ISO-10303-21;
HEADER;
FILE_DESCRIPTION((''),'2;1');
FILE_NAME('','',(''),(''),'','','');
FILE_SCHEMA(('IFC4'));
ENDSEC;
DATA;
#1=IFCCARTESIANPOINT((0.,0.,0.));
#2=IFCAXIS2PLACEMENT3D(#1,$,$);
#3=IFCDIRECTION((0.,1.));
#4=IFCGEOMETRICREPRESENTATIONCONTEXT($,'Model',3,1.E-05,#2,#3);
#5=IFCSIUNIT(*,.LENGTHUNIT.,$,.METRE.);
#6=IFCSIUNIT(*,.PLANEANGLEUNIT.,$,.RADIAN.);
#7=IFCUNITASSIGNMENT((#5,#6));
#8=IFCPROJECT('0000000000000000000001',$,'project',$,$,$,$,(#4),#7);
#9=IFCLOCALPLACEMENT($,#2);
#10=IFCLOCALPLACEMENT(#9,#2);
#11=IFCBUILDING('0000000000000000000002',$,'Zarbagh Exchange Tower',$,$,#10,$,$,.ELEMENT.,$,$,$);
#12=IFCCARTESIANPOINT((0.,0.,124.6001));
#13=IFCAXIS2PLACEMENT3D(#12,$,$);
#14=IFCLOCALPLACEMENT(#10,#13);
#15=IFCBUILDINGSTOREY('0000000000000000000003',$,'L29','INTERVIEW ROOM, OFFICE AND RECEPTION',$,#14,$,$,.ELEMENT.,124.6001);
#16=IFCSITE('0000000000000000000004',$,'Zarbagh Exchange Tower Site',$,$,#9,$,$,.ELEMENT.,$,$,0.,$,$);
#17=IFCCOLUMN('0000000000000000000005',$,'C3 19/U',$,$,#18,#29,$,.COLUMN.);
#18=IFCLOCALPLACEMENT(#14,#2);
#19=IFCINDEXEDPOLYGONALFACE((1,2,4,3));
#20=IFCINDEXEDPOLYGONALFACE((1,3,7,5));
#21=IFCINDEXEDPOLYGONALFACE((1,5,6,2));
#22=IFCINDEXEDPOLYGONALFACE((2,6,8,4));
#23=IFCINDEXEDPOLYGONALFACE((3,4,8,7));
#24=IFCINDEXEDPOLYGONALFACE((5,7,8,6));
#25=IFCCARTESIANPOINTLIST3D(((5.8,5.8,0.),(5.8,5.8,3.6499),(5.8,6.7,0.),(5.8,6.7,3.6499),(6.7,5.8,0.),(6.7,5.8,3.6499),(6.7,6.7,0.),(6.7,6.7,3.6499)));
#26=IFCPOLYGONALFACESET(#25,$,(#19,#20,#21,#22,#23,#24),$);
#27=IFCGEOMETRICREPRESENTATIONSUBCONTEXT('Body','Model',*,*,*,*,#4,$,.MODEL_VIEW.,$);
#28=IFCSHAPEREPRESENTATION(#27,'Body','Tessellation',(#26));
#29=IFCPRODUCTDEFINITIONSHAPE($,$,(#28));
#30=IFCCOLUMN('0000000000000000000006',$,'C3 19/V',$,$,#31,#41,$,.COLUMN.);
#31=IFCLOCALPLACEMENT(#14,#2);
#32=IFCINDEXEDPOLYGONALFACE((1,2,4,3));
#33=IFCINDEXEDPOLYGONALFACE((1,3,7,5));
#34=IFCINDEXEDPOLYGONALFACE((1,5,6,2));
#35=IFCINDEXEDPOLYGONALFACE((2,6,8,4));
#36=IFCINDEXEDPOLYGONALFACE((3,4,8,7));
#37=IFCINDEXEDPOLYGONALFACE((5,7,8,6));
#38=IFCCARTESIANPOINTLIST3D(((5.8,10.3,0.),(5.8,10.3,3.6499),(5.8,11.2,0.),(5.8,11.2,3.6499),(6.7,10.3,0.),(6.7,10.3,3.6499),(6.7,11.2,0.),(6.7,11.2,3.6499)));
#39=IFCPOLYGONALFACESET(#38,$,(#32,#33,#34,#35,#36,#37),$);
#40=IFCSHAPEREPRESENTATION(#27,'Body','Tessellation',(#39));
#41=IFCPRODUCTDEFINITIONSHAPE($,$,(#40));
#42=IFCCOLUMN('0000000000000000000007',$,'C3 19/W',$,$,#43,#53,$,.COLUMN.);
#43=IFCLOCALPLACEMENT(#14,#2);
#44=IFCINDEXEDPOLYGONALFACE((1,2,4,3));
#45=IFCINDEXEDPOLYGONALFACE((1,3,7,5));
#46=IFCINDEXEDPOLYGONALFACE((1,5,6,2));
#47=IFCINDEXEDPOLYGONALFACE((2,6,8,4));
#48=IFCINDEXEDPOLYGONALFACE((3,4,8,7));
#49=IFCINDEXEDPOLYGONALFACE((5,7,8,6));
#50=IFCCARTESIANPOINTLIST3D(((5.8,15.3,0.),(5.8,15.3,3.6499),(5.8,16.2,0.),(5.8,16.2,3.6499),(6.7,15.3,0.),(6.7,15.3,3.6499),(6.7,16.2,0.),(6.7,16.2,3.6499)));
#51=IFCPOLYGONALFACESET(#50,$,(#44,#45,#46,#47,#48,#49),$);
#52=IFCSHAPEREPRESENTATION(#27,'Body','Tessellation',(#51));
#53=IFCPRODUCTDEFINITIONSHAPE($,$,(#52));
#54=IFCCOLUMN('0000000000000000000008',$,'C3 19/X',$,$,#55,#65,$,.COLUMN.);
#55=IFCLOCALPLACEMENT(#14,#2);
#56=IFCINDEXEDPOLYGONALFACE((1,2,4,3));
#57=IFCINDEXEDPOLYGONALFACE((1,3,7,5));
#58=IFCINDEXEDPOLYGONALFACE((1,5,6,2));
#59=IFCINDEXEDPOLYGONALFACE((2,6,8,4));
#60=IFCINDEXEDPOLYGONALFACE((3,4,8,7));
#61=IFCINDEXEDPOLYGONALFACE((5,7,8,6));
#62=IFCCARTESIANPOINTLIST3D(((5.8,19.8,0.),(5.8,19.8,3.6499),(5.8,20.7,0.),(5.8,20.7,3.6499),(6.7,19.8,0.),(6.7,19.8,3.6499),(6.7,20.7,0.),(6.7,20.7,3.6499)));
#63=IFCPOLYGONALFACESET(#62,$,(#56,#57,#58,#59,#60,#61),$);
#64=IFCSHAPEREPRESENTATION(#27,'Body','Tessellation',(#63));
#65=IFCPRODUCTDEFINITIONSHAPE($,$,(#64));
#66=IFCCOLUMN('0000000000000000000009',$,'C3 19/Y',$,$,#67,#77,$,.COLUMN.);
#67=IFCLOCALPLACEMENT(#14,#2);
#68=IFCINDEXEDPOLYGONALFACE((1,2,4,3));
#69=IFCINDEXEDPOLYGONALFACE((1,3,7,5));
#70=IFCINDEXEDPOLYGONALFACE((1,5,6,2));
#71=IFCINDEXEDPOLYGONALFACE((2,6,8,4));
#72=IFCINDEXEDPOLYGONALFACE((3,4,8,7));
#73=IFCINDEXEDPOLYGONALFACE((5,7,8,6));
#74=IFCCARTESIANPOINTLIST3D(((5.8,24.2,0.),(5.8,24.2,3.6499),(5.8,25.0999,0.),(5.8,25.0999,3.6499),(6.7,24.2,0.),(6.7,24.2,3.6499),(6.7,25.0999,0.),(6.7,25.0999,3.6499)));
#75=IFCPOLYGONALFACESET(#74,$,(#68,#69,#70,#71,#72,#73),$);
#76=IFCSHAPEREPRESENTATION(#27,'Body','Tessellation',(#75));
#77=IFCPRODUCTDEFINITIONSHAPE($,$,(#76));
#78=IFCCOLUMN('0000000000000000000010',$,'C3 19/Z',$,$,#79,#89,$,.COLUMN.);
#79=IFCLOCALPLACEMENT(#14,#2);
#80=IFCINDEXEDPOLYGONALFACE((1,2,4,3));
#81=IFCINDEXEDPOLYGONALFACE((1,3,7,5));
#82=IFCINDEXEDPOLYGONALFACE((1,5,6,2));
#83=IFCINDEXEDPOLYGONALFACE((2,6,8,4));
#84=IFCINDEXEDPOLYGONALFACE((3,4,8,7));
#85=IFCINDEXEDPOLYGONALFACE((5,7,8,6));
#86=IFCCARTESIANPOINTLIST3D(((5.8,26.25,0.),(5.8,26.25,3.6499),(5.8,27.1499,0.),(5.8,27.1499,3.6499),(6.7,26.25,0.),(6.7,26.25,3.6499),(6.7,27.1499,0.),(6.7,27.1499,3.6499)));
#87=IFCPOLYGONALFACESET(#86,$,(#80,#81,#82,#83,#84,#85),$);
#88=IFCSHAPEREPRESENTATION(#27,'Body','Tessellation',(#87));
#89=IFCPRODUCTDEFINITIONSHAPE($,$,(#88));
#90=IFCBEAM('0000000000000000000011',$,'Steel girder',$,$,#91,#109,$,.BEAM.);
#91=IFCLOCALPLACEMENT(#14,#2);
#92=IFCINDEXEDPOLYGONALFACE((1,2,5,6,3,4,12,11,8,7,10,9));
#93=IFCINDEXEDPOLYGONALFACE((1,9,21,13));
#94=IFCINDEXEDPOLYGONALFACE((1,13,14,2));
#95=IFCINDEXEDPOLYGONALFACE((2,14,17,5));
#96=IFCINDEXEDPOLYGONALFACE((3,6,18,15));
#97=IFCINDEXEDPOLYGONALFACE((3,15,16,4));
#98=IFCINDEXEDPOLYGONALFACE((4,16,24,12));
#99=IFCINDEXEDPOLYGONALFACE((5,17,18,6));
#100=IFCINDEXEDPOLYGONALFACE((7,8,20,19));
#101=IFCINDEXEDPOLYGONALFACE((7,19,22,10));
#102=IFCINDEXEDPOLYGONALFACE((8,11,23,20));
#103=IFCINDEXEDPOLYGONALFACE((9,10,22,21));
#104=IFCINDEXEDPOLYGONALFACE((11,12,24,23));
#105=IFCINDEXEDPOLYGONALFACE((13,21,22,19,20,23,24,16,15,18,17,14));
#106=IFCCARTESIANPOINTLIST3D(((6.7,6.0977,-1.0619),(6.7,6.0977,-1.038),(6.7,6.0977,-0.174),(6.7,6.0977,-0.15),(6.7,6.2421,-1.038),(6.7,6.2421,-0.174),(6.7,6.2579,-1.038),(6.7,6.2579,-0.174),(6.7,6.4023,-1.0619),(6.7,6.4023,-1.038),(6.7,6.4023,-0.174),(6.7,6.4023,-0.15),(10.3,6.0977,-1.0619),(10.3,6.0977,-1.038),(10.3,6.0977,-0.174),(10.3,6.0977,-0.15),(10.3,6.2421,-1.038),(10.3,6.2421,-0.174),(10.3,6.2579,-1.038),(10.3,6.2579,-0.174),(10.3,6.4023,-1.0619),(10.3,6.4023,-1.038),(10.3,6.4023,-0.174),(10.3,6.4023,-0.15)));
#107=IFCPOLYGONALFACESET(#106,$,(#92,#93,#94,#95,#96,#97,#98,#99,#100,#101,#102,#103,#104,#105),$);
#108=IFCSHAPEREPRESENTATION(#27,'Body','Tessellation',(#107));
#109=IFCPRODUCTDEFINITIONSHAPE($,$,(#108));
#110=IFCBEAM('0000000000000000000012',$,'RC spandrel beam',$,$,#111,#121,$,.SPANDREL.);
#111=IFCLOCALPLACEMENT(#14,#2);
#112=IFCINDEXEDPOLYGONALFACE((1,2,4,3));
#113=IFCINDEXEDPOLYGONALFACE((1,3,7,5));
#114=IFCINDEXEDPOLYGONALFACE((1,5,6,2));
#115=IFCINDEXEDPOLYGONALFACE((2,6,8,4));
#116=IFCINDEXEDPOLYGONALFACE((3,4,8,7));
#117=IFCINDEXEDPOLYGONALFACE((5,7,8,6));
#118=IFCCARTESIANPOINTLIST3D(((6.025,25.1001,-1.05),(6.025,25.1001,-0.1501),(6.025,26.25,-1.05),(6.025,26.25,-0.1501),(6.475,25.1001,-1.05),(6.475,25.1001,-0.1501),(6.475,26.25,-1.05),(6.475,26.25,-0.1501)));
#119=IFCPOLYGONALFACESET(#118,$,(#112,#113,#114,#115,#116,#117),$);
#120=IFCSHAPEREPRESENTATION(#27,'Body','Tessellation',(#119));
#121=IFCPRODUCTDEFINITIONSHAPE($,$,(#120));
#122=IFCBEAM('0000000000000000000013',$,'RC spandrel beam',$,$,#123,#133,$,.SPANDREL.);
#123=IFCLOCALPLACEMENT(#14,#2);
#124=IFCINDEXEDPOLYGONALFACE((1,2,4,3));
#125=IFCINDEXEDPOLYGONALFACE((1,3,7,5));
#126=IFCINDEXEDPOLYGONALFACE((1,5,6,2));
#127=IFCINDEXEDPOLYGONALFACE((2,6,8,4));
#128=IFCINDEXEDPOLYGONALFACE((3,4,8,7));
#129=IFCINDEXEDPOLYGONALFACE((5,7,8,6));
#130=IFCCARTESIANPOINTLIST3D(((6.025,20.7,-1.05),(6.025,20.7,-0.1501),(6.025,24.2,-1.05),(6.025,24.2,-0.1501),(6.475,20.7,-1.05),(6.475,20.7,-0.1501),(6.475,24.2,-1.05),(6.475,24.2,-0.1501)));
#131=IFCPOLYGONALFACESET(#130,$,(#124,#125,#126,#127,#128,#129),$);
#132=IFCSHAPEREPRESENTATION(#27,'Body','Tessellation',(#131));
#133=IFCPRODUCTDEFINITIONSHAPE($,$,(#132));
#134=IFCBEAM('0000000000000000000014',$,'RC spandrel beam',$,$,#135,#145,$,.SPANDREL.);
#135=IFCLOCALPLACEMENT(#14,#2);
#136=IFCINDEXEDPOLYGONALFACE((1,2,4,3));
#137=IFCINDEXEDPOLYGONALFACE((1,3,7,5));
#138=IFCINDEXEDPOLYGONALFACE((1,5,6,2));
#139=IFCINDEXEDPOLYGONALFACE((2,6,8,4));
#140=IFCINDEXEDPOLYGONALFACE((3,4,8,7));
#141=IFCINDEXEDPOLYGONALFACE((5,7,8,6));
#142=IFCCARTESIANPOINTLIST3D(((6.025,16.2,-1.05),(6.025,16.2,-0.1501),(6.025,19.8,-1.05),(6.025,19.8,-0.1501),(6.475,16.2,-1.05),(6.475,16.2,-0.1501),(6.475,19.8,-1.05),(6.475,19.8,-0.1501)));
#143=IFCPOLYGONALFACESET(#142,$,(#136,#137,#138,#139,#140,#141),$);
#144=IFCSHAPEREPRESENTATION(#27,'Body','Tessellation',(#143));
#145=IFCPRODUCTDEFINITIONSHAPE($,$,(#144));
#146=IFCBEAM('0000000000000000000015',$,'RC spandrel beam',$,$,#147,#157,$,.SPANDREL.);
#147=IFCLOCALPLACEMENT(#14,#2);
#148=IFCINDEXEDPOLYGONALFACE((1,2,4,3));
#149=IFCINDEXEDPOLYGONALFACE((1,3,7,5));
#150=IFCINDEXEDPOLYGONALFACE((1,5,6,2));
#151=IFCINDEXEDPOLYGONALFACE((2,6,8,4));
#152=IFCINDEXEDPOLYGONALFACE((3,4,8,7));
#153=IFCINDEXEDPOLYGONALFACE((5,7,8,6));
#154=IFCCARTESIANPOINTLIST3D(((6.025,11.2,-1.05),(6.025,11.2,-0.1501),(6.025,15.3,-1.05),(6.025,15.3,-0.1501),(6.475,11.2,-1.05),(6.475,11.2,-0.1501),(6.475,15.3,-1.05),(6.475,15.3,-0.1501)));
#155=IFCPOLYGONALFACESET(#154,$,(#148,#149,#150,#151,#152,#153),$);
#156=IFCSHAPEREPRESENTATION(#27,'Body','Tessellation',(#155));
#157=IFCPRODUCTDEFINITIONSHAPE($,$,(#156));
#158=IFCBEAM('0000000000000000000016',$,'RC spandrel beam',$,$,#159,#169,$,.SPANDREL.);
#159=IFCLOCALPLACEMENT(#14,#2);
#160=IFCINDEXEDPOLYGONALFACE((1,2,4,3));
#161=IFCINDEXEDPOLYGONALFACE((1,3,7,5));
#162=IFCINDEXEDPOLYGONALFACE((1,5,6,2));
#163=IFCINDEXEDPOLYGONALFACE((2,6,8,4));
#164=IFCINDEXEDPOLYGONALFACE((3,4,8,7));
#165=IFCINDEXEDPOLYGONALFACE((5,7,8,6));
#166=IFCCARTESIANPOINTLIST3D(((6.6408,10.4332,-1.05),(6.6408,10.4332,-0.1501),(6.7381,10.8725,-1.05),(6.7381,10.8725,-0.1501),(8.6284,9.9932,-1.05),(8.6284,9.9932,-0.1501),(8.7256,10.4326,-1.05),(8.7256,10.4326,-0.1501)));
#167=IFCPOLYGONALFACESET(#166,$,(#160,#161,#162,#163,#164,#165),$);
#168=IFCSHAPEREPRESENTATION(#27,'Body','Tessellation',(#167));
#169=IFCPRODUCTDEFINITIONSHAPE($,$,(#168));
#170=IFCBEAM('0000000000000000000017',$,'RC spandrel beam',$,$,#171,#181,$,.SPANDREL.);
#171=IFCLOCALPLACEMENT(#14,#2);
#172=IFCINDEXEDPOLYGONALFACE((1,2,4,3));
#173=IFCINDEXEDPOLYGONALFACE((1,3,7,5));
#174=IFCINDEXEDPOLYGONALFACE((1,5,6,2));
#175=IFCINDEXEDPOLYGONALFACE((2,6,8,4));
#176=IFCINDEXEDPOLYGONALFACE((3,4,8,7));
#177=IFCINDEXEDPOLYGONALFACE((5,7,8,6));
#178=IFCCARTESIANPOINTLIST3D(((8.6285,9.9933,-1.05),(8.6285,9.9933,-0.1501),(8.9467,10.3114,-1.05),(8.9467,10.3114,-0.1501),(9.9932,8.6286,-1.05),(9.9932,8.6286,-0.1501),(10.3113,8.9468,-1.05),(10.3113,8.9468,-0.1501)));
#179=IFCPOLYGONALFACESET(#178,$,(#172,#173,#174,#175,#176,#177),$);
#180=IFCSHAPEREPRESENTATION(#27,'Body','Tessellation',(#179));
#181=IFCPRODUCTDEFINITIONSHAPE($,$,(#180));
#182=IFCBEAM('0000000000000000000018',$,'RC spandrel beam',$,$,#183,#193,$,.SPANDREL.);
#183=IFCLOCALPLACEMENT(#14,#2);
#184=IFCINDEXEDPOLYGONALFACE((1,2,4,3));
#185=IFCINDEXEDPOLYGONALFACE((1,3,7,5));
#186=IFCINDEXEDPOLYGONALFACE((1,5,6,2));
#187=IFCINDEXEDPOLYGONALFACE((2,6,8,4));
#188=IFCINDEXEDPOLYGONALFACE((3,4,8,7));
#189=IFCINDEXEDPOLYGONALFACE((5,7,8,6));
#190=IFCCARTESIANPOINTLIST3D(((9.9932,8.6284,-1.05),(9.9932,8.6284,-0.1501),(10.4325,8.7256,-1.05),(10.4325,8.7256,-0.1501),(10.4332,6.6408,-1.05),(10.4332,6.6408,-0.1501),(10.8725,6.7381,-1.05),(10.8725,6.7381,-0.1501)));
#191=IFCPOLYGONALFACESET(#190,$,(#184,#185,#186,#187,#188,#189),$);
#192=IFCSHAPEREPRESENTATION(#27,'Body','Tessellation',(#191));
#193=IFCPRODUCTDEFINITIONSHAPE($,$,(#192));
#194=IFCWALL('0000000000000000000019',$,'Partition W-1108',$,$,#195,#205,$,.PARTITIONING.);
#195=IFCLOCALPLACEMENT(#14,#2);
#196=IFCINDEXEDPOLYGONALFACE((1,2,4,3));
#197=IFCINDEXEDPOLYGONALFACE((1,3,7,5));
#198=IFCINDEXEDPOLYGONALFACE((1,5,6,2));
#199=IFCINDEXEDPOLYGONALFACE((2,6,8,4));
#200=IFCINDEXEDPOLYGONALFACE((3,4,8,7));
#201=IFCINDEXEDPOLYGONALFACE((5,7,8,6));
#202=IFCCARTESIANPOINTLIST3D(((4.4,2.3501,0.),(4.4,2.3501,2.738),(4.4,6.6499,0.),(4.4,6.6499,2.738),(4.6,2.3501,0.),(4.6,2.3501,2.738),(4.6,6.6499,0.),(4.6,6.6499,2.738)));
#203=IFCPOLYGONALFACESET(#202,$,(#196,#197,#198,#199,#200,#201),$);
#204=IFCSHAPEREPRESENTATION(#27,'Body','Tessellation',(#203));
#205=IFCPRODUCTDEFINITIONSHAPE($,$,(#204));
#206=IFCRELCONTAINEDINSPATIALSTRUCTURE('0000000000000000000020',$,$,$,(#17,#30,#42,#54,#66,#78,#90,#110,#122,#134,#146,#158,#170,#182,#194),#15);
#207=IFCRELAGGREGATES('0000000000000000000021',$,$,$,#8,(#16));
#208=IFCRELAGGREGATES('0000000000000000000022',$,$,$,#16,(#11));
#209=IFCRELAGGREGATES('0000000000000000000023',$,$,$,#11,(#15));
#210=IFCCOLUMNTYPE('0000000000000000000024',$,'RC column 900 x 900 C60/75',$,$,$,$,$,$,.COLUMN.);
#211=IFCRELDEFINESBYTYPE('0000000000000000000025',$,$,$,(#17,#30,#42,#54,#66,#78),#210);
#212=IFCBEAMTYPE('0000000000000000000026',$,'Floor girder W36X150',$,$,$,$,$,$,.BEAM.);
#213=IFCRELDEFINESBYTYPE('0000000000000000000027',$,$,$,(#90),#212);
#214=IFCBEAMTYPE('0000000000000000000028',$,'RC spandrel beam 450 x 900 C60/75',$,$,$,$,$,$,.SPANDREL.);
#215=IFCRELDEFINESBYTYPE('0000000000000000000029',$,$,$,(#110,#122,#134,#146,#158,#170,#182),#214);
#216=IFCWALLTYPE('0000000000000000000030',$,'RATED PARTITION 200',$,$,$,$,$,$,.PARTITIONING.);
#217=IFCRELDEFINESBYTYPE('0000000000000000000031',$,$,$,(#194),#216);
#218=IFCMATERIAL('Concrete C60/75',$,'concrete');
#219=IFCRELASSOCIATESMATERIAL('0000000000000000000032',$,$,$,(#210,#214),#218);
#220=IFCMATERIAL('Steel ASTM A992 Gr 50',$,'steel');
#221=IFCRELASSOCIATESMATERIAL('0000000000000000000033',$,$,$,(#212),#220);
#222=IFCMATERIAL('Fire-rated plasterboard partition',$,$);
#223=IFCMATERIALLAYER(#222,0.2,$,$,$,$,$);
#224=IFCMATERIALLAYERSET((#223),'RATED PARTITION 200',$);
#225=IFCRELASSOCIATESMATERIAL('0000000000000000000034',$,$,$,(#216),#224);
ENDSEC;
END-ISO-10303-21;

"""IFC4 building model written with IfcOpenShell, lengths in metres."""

from ifc_helpers import new_model, si_unit, direction, frame, frame_2d, origin, origin_2d, place, context, subcontext, project, spatial, rectangle, i_section, extrude, material, layer, layer_set, material_profile, profile_set, type_object, element, save


model = new_model("IFC4")

# Units and contexts
model_context = context("Model", 3, precision=1e-05, world=origin(), true_north=direction((0.0, 1.0)))
body_context = subcontext(model_context, "Body", "Model", "MODEL_VIEW")
ifc_project = project(units=[si_unit("LENGTHUNIT", "METRE"), si_unit("PLANEANGLEUNIT", "RADIAN")], contexts=[model_context])

# Site, building, storey
site_placement = place(None, origin())
site = spatial("IfcSite", under=ifc_project, at=site_placement, Name="Zarbagh Exchange Tower Site", CompositionType="ELEMENT", RefElevation=0.0)
building_placement = place(site_placement, origin())
building = spatial("IfcBuilding", under=site, at=building_placement, Name="Zarbagh Exchange Tower", CompositionType="ELEMENT")
storey_placement = place(building_placement, frame((0.0, 0.0, 124.6001)))
storey = spatial("IfcBuildingStorey", under=building, at=storey_placement, Name="L29", Description="INTERVIEW ROOM, OFFICE AND RECEPTION", CompositionType="ELEMENT", Elevation=124.6001)

# Columns
ifc_material_1 = material(Name="Concrete C60/75", Category="concrete")
ifc_material_profile_1 = material_profile(ifc_material_1, rectangle(XDim=0.8999, YDim=0.8999, at=origin_2d()), Name="RC column 900 x 900 C60/75")
ifc_profile_set_1 = profile_set([ifc_material_profile_1], Name="Concrete C60/75")
column_type = type_object("IfcColumnType", Name="RC column 900 x 900 C60/75", PredefinedType="COLUMN", material=ifc_profile_set_1)
for number, where, z_axis, x_axis, name in (
    (1, (6.25, 6.25, 0.0), (0.0, 0.0, 1.0), (1.0, 0.0, 0.0), "C3 19/U"),
    (2, (6.25, 10.75, 0.0), (0.0, 0.0, 1.0), (1.0, 0.0, 0.0), "C3 19/V"),
    (3, (6.25, 15.75, 0.0), (0.0, 0.0, 1.0), (1.0, 0.0, 0.0), "C3 19/W"),
    (4, (6.25, 20.25, 0.0), (0.0, 0.0, 1.0), (1.0, 0.0, 0.0), "C3 19/X"),
    (5, (6.25, 24.6499, 0.0), (0.0, 0.0, 1.0), (1.0, 0.0, 0.0), "C3 19/Y"),
    (6, (6.25, 26.7, 0.0), (0.0, 0.0, 1.0), (1.0, 0.0, 0.0), "C3 19/Z"),
):
    element("IfcColumn", number, at=place(storey_placement, frame(where, z_axis=z_axis, x_axis=x_axis)), inside=storey, type_object=column_type, Name=name, PredefinedType="COLUMN", context=body_context, shape_type="SweptSolid", body=[
        extrude(rectangle(XDim=0.8999, YDim=0.8999, at=origin_2d()), origin(), (0.0, 0.0, 1.0), 3.6499),
    ])

# Beams
ifc_material_2 = material(Name="Steel ASTM A992 Gr 50", Category="steel")
ifc_material_profile_2 = material_profile(ifc_material_2, i_section(OverallWidth=0.3047, OverallDepth=0.9119, WebThickness=0.0159, FlangeThickness=0.0239, at=origin_2d()), Name="W36X150")
ifc_profile_set_2 = profile_set([ifc_material_profile_2], Name="Steel ASTM A992 Gr 50")
beam_type_1 = type_object("IfcBeamType", Name="Floor girder W36X150", PredefinedType="BEAM", material=ifc_profile_set_2)
beam_1_placement = place(storey_placement, frame((6.7, 6.25, -0.606), z_axis=(1.0, 0.0, 0.0), x_axis=(0.0, 1.0, 0.0)))
element("IfcBeam", 7, at=beam_1_placement, inside=storey, type_object=beam_type_1, Name="Steel girder", PredefinedType="BEAM", context=body_context, shape_type="SweptSolid", body=[
    extrude(i_section(OverallWidth=0.3047, OverallDepth=0.9119, WebThickness=0.0159, FlangeThickness=0.0239, at=origin_2d()), origin(), (0.0, 0.0, 1.0), 3.6001),
])
ifc_material_profile_3 = material_profile(ifc_material_1, rectangle(XDim=0.45, YDim=0.8999, at=origin_2d()), Name="RC spandrel beam 450 x 900 C60/75")
ifc_profile_set_3 = profile_set([ifc_material_profile_3], Name="Concrete C60/75")
beam_type_2 = type_object("IfcBeamType", Name="RC spandrel beam 450 x 900 C60/75", PredefinedType="SPANDREL", material=ifc_profile_set_3)
beam_2_placement = place(storey_placement, frame((6.25, 26.25, -0.6001), z_axis=(0.0, -1.0, 0.0), x_axis=(1.0, 0.0, 0.0)))
element("IfcBeam", 8, at=beam_2_placement, inside=storey, type_object=beam_type_2, Name="RC spandrel beam", PredefinedType="SPANDREL", context=body_context, shape_type="SweptSolid", body=[
    extrude(rectangle(XDim=0.45, YDim=0.8999, at=origin_2d()), origin(), (0.0, 0.0, 1.0), 1.1499),
])
beam_3_placement = place(storey_placement, frame((6.25, 24.2, -0.6001), z_axis=(0.0, -1.0, 0.0), x_axis=(1.0, 0.0, 0.0)))
element("IfcBeam", 9, at=beam_3_placement, inside=storey, type_object=beam_type_2, Name="RC spandrel beam", PredefinedType="SPANDREL", context=body_context, shape_type="SweptSolid", body=[
    extrude(rectangle(XDim=0.45, YDim=0.8999, at=origin_2d()), origin(), (0.0, 0.0, 1.0), 3.5),
])
beam_4_placement = place(storey_placement, frame((6.25, 19.8, -0.6001), z_axis=(0.0, -1.0, 0.0), x_axis=(1.0, 0.0, 0.0)))
element("IfcBeam", 10, at=beam_4_placement, inside=storey, type_object=beam_type_2, Name="RC spandrel beam", PredefinedType="SPANDREL", context=body_context, shape_type="SweptSolid", body=[
    extrude(rectangle(XDim=0.45, YDim=0.8999, at=origin_2d()), origin(), (0.0, 0.0, 1.0), 3.6001),
])
beam_5_placement = place(storey_placement, frame((6.25, 15.3, -0.6001), z_axis=(0.0, -1.0, 0.0), x_axis=(1.0, 0.0, 0.0)))
element("IfcBeam", 11, at=beam_5_placement, inside=storey, type_object=beam_type_2, Name="RC spandrel beam", PredefinedType="SPANDREL", context=body_context, shape_type="SweptSolid", body=[
    extrude(rectangle(XDim=0.45, YDim=0.8999, at=origin_2d()), origin(), (0.0, 0.0, 1.0), 4.1001),
])
beam_6_placement = place(storey_placement, frame((6.6895, 10.6528, -0.6001), z_axis=(0.976367, -0.216118, 0.0), x_axis=(0.216118, 0.976367, 0.0)))
element("IfcBeam", 12, at=beam_6_placement, inside=storey, type_object=beam_type_2, Name="RC spandrel beam", PredefinedType="SPANDREL", context=body_context, shape_type="SweptSolid", body=[
    extrude(rectangle(XDim=0.45, YDim=0.8999, at=origin_2d()), origin(), (0.0, 0.0, 1.0), 2.0356),
])
beam_7_placement = place(storey_placement, frame((8.7876, 10.1523, -0.6001), z_axis=(0.707107, -0.707107, 0.0), x_axis=(0.707107, 0.707107, 0.0)))
element("IfcBeam", 13, at=beam_7_placement, inside=storey, type_object=beam_type_2, Name="RC spandrel beam", PredefinedType="SPANDREL", context=body_context, shape_type="SweptSolid", body=[
    extrude(rectangle(XDim=0.45, YDim=0.8999, at=origin_2d()), origin(), (0.0, 0.0, 1.0), 1.9299),
])
beam_8_placement = place(storey_placement, frame((10.2129, 8.677, -0.6001), z_axis=(0.216118, -0.976367, 0.0), x_axis=(0.976367, 0.216118, 0.0)))
element("IfcBeam", 14, at=beam_8_placement, inside=storey, type_object=beam_type_2, Name="RC spandrel beam", PredefinedType="SPANDREL", context=body_context, shape_type="SweptSolid", body=[
    extrude(rectangle(XDim=0.45, YDim=0.8999, at=origin_2d()), origin(), (0.0, 0.0, 1.0), 2.0356),
])

# Wall
ifc_material_3 = material(Name="Fire-rated plasterboard partition")
ifc_layer_1 = layer(ifc_material_3, 0.2)
ifc_layer_set_1 = layer_set([ifc_layer_1], Name="RATED PARTITION 200")
wall_type_1 = type_object("IfcWallType", Name="RATED PARTITION 200", PredefinedType="PARTITIONING", material=ifc_layer_set_1)
wall_1_placement = place(storey_placement, frame((4.5, 2.3501, 0.0), z_axis=(0.0, 0.0, 1.0), x_axis=(0.0, 1.0, 0.0)))
element("IfcWall", 15, at=wall_1_placement, inside=storey, type_object=wall_type_1, Name="Partition W-1108", PredefinedType="PARTITIONING", context=body_context, shape_type="SweptSolid", body=[
    extrude(rectangle(XDim=4.2998, YDim=0.2, at=frame_2d((2.1499, 0.0))), origin(), (0.0, 0.0, 1.0), 2.738),
])

save(model, "model.ifc")
